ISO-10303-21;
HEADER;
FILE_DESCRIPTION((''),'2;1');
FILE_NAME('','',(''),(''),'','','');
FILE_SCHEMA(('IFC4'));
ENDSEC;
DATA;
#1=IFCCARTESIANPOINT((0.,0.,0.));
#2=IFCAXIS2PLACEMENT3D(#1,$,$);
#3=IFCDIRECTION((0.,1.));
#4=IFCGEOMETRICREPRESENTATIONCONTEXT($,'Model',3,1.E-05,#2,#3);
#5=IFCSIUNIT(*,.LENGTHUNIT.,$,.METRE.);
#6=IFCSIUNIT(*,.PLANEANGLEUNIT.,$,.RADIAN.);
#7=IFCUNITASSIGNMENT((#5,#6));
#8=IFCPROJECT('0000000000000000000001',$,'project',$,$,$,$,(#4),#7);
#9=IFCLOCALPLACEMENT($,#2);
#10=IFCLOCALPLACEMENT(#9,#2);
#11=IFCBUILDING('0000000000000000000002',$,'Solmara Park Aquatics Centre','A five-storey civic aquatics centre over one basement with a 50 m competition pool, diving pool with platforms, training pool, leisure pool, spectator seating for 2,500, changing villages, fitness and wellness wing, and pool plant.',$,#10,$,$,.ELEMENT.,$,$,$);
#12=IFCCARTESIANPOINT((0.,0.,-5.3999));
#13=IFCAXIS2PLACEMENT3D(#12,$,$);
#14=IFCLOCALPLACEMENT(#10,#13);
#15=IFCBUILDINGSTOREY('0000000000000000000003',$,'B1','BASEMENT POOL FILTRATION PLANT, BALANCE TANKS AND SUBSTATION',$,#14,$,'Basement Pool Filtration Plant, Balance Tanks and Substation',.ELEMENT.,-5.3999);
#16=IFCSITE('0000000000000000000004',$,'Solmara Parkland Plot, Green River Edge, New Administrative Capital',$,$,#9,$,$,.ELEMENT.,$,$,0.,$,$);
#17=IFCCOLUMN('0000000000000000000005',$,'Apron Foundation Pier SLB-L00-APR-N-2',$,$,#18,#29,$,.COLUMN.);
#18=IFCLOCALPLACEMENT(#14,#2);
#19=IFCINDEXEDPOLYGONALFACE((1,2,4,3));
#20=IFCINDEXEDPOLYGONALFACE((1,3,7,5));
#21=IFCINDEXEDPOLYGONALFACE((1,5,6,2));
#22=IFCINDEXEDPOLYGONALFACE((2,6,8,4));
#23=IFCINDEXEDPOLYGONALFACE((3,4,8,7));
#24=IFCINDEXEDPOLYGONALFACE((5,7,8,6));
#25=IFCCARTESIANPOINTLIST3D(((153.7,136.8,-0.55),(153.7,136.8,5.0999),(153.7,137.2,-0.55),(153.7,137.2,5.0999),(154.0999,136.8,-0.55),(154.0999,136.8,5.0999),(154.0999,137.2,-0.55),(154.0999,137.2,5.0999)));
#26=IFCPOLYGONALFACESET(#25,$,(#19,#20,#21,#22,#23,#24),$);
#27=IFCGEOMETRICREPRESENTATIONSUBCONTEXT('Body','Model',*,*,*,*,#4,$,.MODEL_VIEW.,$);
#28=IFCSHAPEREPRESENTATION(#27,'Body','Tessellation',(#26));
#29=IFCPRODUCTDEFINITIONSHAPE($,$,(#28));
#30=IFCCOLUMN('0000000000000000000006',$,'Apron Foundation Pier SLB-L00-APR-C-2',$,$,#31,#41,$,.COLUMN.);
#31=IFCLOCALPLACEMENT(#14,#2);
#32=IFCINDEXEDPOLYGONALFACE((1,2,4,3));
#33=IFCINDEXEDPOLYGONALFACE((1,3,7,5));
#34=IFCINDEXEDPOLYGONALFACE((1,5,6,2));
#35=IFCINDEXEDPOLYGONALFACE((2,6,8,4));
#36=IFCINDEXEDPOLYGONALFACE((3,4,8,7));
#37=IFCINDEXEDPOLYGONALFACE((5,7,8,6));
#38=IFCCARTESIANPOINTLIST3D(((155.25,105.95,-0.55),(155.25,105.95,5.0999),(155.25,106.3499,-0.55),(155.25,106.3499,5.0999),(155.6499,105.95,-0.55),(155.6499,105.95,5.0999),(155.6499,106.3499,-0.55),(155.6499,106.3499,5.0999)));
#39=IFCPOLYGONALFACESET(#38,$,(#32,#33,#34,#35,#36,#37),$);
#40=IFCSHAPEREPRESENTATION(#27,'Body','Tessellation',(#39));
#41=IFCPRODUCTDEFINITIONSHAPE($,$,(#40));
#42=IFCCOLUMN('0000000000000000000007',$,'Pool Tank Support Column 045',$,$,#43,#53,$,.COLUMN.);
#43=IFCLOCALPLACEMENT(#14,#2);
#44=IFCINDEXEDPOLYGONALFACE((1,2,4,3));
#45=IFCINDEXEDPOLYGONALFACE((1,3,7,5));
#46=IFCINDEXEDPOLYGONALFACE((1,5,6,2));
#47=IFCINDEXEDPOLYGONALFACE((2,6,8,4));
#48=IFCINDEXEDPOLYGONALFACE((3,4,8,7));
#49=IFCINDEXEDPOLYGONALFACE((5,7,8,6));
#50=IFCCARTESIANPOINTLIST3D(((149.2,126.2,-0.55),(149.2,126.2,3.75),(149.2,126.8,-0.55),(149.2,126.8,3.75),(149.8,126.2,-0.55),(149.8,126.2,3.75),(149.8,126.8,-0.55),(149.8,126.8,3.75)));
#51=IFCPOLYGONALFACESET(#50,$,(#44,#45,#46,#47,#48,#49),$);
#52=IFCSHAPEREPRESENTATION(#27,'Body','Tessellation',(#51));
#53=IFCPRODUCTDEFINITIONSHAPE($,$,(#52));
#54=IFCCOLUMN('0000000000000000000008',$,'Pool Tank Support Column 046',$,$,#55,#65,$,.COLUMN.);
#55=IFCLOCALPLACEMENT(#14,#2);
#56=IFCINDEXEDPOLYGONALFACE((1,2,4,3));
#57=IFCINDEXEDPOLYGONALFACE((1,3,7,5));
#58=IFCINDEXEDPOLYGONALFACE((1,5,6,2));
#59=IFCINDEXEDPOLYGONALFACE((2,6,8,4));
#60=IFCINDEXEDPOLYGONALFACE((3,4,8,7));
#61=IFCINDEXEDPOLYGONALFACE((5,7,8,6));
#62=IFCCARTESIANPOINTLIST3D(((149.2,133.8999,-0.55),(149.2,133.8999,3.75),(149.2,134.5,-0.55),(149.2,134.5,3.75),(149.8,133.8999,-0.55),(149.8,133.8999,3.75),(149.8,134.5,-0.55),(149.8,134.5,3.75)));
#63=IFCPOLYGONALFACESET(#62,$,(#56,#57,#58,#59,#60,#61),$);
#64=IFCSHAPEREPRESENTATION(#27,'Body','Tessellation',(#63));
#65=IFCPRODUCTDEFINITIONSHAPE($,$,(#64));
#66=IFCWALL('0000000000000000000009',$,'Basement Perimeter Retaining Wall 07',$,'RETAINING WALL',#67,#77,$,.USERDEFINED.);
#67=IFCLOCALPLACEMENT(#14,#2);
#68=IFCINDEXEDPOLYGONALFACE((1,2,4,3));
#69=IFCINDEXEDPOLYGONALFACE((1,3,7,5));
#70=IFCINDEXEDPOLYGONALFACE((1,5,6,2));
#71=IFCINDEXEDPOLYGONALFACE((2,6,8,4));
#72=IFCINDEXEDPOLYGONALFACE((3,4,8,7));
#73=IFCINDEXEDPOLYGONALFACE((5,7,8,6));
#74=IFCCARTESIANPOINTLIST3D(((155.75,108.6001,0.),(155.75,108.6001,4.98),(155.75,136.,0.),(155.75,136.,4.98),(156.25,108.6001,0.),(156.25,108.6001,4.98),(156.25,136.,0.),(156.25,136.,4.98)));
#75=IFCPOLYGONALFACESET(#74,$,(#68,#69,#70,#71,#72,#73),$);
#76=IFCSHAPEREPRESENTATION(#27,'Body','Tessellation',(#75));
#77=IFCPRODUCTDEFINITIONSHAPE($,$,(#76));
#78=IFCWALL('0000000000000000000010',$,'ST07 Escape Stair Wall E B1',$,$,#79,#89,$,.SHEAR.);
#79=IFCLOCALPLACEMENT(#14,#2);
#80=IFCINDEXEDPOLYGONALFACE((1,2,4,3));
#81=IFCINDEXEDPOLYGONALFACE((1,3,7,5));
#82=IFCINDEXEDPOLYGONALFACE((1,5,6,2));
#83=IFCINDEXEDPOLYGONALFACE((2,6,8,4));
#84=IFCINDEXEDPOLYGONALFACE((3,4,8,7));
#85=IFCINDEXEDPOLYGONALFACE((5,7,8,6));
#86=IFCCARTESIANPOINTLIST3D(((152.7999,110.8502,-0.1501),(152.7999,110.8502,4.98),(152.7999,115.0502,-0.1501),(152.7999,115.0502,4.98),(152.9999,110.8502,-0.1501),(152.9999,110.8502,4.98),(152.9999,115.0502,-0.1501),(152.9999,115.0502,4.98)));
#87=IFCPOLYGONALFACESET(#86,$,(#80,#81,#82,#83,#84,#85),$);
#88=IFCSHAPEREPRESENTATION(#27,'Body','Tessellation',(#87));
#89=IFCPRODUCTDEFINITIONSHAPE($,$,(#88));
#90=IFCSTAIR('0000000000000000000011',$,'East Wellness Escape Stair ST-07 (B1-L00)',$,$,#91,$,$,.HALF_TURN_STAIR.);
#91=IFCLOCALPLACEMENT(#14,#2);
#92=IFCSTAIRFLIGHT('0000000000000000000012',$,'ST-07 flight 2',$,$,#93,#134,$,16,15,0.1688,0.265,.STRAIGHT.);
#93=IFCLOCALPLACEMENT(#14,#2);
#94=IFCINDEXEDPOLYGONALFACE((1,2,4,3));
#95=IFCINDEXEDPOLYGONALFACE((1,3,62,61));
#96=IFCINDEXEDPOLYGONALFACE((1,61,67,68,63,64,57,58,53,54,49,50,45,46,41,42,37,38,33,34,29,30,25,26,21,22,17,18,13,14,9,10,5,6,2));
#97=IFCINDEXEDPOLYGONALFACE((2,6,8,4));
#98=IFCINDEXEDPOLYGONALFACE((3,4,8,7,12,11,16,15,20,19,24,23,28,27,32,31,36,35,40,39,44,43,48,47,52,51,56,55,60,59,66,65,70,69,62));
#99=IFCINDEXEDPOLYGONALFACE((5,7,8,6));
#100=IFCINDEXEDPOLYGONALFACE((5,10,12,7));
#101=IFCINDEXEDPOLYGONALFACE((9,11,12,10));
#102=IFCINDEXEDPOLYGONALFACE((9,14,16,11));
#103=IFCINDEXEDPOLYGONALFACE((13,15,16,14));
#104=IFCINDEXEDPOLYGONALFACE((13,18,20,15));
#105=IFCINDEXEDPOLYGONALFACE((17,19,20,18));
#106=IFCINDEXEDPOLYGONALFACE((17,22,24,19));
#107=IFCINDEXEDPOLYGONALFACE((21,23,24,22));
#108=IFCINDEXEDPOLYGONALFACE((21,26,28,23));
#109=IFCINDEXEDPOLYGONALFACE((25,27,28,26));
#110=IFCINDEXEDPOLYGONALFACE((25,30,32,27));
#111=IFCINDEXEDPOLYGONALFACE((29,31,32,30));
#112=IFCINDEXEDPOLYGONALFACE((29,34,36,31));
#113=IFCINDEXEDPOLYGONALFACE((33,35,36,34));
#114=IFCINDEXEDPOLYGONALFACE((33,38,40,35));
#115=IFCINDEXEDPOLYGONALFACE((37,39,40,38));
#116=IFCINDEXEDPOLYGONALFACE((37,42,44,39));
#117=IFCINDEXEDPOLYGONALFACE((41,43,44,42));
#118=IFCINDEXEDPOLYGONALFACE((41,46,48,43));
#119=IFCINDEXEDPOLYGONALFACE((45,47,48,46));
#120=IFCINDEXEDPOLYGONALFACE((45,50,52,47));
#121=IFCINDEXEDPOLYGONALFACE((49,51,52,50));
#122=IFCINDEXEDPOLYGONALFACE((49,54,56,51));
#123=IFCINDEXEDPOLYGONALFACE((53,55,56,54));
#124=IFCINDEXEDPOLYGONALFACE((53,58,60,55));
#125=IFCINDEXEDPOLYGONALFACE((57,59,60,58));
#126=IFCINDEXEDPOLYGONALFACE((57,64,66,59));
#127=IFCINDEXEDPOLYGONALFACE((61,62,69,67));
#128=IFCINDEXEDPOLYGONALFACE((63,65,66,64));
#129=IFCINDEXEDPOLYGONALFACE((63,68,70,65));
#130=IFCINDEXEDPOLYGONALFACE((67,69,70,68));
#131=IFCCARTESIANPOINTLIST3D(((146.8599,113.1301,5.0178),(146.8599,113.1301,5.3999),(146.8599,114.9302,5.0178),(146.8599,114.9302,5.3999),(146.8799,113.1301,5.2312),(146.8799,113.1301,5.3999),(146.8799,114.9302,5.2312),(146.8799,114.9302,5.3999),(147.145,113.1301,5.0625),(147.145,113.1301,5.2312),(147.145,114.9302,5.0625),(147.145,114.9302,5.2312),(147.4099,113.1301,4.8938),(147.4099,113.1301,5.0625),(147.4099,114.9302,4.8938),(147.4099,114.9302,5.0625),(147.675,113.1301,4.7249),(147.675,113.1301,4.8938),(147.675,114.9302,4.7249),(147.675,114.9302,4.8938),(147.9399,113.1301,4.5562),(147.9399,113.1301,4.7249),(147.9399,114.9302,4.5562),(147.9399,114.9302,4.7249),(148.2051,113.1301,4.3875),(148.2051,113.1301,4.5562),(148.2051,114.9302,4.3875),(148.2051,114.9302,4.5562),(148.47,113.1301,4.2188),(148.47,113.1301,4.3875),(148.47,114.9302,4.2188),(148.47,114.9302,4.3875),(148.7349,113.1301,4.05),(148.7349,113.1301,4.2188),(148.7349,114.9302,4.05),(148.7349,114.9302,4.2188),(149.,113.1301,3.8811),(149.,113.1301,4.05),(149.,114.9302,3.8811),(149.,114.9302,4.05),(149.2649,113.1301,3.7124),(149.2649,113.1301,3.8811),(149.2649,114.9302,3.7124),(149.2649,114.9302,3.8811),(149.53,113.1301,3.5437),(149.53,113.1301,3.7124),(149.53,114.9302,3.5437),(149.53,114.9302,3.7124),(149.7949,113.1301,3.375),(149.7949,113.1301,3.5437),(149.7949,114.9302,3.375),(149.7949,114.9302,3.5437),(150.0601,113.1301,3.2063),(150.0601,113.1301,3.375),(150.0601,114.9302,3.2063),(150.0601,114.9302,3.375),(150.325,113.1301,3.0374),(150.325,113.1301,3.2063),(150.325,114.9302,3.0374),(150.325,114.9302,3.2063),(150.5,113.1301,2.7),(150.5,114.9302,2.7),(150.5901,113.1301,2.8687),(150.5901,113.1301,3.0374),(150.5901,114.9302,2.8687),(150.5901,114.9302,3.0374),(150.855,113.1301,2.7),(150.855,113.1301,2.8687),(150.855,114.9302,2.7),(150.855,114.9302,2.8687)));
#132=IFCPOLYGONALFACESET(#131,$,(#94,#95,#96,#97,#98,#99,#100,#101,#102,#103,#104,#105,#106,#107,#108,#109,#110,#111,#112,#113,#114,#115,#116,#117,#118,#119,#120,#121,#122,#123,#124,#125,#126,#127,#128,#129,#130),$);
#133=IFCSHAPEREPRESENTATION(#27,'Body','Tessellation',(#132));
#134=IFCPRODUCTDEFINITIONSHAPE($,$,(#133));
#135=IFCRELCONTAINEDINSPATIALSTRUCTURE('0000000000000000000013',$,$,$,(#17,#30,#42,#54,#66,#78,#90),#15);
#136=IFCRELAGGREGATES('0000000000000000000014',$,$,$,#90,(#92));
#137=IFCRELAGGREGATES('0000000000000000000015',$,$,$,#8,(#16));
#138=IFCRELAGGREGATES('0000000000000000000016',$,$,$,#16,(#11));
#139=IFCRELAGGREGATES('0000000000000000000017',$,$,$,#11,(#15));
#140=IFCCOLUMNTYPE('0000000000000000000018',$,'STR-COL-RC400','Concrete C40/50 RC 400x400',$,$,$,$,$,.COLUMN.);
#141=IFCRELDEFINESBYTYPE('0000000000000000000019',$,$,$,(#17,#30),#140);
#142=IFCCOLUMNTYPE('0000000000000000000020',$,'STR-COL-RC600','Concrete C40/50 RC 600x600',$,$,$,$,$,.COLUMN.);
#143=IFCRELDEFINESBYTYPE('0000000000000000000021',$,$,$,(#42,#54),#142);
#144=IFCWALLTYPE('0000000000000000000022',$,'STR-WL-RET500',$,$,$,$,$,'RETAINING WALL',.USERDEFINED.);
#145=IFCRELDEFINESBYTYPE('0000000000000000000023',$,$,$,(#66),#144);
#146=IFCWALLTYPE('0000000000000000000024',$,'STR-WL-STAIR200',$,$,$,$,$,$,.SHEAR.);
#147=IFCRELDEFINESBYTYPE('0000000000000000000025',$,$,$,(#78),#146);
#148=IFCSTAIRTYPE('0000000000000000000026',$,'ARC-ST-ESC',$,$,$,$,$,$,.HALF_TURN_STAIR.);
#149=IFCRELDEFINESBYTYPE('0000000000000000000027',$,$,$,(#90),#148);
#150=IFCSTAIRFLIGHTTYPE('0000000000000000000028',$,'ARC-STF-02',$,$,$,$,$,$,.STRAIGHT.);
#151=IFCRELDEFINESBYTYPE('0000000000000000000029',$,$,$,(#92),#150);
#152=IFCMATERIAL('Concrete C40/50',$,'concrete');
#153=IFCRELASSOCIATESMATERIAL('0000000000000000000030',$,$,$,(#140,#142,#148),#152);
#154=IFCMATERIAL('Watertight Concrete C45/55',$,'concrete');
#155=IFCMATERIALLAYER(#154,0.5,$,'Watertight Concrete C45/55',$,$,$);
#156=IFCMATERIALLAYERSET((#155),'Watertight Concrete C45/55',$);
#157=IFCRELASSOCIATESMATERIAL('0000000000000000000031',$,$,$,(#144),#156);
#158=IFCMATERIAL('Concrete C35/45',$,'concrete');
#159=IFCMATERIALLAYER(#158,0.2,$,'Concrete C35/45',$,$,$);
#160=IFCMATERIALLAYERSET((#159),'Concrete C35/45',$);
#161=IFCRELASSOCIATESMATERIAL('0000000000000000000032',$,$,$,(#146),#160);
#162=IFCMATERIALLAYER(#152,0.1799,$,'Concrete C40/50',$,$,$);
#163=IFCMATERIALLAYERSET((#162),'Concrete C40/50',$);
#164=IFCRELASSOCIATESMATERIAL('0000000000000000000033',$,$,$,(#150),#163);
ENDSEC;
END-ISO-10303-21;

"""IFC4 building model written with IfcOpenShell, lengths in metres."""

from ifc_helpers import new_model, si_unit, direction, frame, frame_2d, origin, origin_2d, place, context, subcontext, project, spatial, polyline, rectangle, outline, extrude, material, layer, layer_set, material_profile, profile_set, type_object, element, aggregate, save


model = new_model("IFC4")

# Units and contexts
model_context = context("Model", 3, precision=1e-05, world=origin(), true_north=direction((0.0, 1.0)))
body_context = subcontext(model_context, "Body", "Model", "MODEL_VIEW")
ifc_project = project(units=[si_unit("LENGTHUNIT", "METRE"), si_unit("PLANEANGLEUNIT", "RADIAN")], contexts=[model_context])

# Site, building, storey
site_placement = place(None, origin())
site = spatial("IfcSite", under=ifc_project, at=site_placement, Name="Solmara Parkland Plot, Green River Edge, New Administrative Capital", CompositionType="ELEMENT", RefElevation=0.0)
building_placement = place(site_placement, origin())
building = spatial("IfcBuilding", under=site, at=building_placement, Name="Solmara Park Aquatics Centre", Description="A five-storey civic aquatics centre over one basement with a 50 m competition pool, diving pool with platforms, training pool, leisure pool, spectator seating for 2,500, changing villages, fitness and wellness wing, and pool plant.", CompositionType="ELEMENT")
storey_placement = place(building_placement, frame((0.0, 0.0, -5.3999)))
storey = spatial("IfcBuildingStorey", under=building, at=storey_placement, Name="B1", Description="BASEMENT POOL FILTRATION PLANT, BALANCE TANKS AND SUBSTATION", LongName="Basement Pool Filtration Plant, Balance Tanks and Substation", CompositionType="ELEMENT", Elevation=-5.3999)

# Shared definitions
ifc_material_1 = material(Name="Watertight Concrete C45/55", Category="concrete")

# Columns
ifc_material_2 = material(Name="Concrete C40/50", Category="concrete")
ifc_material_profile_1 = material_profile(ifc_material_2, rectangle(XDim=0.3999, YDim=0.3999, at=origin_2d()), Name="RC 400x400")
ifc_profile_set_1 = profile_set([ifc_material_profile_1], Name="Concrete C40/50")
column_type_1 = type_object("IfcColumnType", Name="STR-COL-RC400", Description="Concrete C40/50 RC 400x400", PredefinedType="COLUMN", material=ifc_profile_set_1)
for number, where, z_axis, x_axis, name in (
    (1, (153.8999, 137.0, -0.55), (0.0, 0.0, 1.0), (1.0, 0.0, 0.0), "Apron Foundation Pier SLB-L00-APR-N-2"),
    (2, (155.45, 106.1499, -0.55), (0.0, 0.0, 1.0), (1.0, 0.0, 0.0), "Apron Foundation Pier SLB-L00-APR-C-2"),
):
    element("IfcColumn", number, at=place(storey_placement, frame(where, z_axis=z_axis, x_axis=x_axis)), inside=storey, type_object=column_type_1, Name=name, PredefinedType="COLUMN", context=body_context, shape_type="SweptSolid", body=[
        extrude(rectangle(XDim=0.3999, YDim=0.3999, at=origin_2d()), origin(), (0.0, 0.0, 1.0), 5.6499),
    ])
ifc_material_profile_2 = material_profile(ifc_material_2, rectangle(XDim=0.6001, YDim=0.6001, at=origin_2d()), Name="RC 600x600")
ifc_profile_set_2 = profile_set([ifc_material_profile_2], Name="Concrete C40/50")
column_type_2 = type_object("IfcColumnType", Name="STR-COL-RC600", Description="Concrete C40/50 RC 600x600", PredefinedType="COLUMN", material=ifc_profile_set_2)
for number, where, z_axis, x_axis, name in (
    (3, (149.5, 126.5, -0.55), (0.0, 0.0, 1.0), (1.0, 0.0, 0.0), "Pool Tank Support Column 045"),
    (4, (149.5, 134.2, -0.55), (0.0, 0.0, 1.0), (1.0, 0.0, 0.0), "Pool Tank Support Column 046"),
):
    element("IfcColumn", number, at=place(storey_placement, frame(where, z_axis=z_axis, x_axis=x_axis)), inside=storey, type_object=column_type_2, Name=name, PredefinedType="COLUMN", context=body_context, shape_type="SweptSolid", body=[
        extrude(rectangle(XDim=0.6001, YDim=0.6001, at=origin_2d()), origin(), (0.0, 0.0, 1.0), 4.3),
    ])

# Walls
ifc_layer_1 = layer(ifc_material_1, 0.5, Name="Watertight Concrete C45/55")
ifc_layer_set_1 = layer_set([ifc_layer_1], Name="Watertight Concrete C45/55")
wall_type_1 = type_object("IfcWallType", Name="STR-WL-RET500", ElementType="RETAINING WALL", PredefinedType="USERDEFINED", material=ifc_layer_set_1)
wall_1_placement = place(storey_placement, frame((156.0, 108.6001, 0.0), z_axis=(0.0, 0.0, 1.0), x_axis=(0.0, 1.0, 0.0)))
element("IfcWall", 5, at=wall_1_placement, inside=storey, type_object=wall_type_1, Name="Basement Perimeter Retaining Wall 07", ObjectType="RETAINING WALL", PredefinedType="USERDEFINED", context=body_context, shape_type="SweptSolid", body=[
    extrude(rectangle(XDim=27.3999, YDim=0.5, at=frame_2d((13.7, 0.0))), origin(), (0.0, 0.0, 1.0), 4.98),
])
ifc_material_3 = material(Name="Concrete C35/45", Category="concrete")
ifc_layer_2 = layer(ifc_material_3, 0.2, Name="Concrete C35/45")
ifc_layer_set_2 = layer_set([ifc_layer_2], Name="Concrete C35/45")
wall_type_2 = type_object("IfcWallType", Name="STR-WL-STAIR200", PredefinedType="SHEAR", material=ifc_layer_set_2)
wall_2_placement = place(storey_placement, frame((152.8999, 110.8501, -0.1501), z_axis=(0.0, 0.0, 1.0), x_axis=(0.0, 1.0, 0.0)))
element("IfcWall", 6, at=wall_2_placement, inside=storey, type_object=wall_type_2, Name="ST07 Escape Stair Wall E B1", PredefinedType="SHEAR", context=body_context, shape_type="SweptSolid", body=[
    extrude(rectangle(XDim=4.2, YDim=0.2, at=frame_2d((2.1001, 0.0))), origin(), (0.0, 0.0, 1.0), 5.1301),
])

# Stair, stair flight
stair_type = type_object("IfcStairType", Name="ARC-ST-ESC", PredefinedType="HALF_TURN_STAIR", material=ifc_material_2)
stair_placement = place(storey_placement, origin())
stair = element("IfcStair", 7, at=stair_placement, inside=storey, type_object=stair_type, Name="East Wellness Escape Stair ST-07 (B1-L00)", PredefinedType="HALF_TURN_STAIR")
ifc_layer_3 = layer(ifc_material_2, 0.1799, Name="Concrete C40/50")
ifc_layer_set_3 = layer_set([ifc_layer_3], Name="Concrete C40/50")
stair_flight_type = type_object("IfcStairFlightType", Name="ARC-STF-02", PredefinedType="STRAIGHT", material=ifc_layer_set_3)
stair_flight_placement = place(storey_placement, frame((150.855, 114.03, 2.7), z_axis=(0.0, 0.0, 1.0), x_axis=(-1.0, 0.0, 0.0)))
stair_flight = element("IfcStairFlight", 8, at=stair_flight_placement, type_object=stair_flight_type, Name="ST-07 flight 2", NumberOfRisers=16, NumberOfTreads=15, PredefinedType="STRAIGHT", RiserHeight=0.1688, TreadLength=0.265, context=body_context, shape_type="SweptSolid", body=[
    extrude(outline(polyline([(0.0, 0.0), (0.0, 0.1687), (0.2649, 0.1687), (0.2649, 0.3374), (0.53, 0.3374), (0.53, 0.5063), (0.7949, 0.5063), (0.7949, 0.675), (1.0601, 0.675), (1.0601, 0.8438), (1.325, 0.8438), (1.325, 1.0125), (1.5901, 1.0125), (1.5901, 1.1812), (1.855, 1.1812), (1.855, 1.3501), (2.1201, 1.3501), (2.1201, 1.5188), (2.385, 1.5188), (2.385, 1.6875), (2.6499, 1.6875), (2.6499, 1.8562), (2.915, 1.8562), (2.915, 2.0249), (3.1799, 2.0249), (3.1799, 2.1938), (3.4451, 2.1938), (3.4451, 2.3625), (3.71, 2.3625), (3.71, 2.5312), (3.9751, 2.5312), (3.9751, 2.7), (3.9951, 2.7), (3.9951, 2.3179), (0.355, 0.0), (0.0, 0.0)])), frame((0.0, 0.8999, 0.0), z_axis=(0.0, -1.0, 0.0), x_axis=(1.0, 0.0, 0.0)), (0.0, 0.0, 1.0), 1.8),
])
aggregate(stair, [stair_flight])

save(model, "model.ifc")
